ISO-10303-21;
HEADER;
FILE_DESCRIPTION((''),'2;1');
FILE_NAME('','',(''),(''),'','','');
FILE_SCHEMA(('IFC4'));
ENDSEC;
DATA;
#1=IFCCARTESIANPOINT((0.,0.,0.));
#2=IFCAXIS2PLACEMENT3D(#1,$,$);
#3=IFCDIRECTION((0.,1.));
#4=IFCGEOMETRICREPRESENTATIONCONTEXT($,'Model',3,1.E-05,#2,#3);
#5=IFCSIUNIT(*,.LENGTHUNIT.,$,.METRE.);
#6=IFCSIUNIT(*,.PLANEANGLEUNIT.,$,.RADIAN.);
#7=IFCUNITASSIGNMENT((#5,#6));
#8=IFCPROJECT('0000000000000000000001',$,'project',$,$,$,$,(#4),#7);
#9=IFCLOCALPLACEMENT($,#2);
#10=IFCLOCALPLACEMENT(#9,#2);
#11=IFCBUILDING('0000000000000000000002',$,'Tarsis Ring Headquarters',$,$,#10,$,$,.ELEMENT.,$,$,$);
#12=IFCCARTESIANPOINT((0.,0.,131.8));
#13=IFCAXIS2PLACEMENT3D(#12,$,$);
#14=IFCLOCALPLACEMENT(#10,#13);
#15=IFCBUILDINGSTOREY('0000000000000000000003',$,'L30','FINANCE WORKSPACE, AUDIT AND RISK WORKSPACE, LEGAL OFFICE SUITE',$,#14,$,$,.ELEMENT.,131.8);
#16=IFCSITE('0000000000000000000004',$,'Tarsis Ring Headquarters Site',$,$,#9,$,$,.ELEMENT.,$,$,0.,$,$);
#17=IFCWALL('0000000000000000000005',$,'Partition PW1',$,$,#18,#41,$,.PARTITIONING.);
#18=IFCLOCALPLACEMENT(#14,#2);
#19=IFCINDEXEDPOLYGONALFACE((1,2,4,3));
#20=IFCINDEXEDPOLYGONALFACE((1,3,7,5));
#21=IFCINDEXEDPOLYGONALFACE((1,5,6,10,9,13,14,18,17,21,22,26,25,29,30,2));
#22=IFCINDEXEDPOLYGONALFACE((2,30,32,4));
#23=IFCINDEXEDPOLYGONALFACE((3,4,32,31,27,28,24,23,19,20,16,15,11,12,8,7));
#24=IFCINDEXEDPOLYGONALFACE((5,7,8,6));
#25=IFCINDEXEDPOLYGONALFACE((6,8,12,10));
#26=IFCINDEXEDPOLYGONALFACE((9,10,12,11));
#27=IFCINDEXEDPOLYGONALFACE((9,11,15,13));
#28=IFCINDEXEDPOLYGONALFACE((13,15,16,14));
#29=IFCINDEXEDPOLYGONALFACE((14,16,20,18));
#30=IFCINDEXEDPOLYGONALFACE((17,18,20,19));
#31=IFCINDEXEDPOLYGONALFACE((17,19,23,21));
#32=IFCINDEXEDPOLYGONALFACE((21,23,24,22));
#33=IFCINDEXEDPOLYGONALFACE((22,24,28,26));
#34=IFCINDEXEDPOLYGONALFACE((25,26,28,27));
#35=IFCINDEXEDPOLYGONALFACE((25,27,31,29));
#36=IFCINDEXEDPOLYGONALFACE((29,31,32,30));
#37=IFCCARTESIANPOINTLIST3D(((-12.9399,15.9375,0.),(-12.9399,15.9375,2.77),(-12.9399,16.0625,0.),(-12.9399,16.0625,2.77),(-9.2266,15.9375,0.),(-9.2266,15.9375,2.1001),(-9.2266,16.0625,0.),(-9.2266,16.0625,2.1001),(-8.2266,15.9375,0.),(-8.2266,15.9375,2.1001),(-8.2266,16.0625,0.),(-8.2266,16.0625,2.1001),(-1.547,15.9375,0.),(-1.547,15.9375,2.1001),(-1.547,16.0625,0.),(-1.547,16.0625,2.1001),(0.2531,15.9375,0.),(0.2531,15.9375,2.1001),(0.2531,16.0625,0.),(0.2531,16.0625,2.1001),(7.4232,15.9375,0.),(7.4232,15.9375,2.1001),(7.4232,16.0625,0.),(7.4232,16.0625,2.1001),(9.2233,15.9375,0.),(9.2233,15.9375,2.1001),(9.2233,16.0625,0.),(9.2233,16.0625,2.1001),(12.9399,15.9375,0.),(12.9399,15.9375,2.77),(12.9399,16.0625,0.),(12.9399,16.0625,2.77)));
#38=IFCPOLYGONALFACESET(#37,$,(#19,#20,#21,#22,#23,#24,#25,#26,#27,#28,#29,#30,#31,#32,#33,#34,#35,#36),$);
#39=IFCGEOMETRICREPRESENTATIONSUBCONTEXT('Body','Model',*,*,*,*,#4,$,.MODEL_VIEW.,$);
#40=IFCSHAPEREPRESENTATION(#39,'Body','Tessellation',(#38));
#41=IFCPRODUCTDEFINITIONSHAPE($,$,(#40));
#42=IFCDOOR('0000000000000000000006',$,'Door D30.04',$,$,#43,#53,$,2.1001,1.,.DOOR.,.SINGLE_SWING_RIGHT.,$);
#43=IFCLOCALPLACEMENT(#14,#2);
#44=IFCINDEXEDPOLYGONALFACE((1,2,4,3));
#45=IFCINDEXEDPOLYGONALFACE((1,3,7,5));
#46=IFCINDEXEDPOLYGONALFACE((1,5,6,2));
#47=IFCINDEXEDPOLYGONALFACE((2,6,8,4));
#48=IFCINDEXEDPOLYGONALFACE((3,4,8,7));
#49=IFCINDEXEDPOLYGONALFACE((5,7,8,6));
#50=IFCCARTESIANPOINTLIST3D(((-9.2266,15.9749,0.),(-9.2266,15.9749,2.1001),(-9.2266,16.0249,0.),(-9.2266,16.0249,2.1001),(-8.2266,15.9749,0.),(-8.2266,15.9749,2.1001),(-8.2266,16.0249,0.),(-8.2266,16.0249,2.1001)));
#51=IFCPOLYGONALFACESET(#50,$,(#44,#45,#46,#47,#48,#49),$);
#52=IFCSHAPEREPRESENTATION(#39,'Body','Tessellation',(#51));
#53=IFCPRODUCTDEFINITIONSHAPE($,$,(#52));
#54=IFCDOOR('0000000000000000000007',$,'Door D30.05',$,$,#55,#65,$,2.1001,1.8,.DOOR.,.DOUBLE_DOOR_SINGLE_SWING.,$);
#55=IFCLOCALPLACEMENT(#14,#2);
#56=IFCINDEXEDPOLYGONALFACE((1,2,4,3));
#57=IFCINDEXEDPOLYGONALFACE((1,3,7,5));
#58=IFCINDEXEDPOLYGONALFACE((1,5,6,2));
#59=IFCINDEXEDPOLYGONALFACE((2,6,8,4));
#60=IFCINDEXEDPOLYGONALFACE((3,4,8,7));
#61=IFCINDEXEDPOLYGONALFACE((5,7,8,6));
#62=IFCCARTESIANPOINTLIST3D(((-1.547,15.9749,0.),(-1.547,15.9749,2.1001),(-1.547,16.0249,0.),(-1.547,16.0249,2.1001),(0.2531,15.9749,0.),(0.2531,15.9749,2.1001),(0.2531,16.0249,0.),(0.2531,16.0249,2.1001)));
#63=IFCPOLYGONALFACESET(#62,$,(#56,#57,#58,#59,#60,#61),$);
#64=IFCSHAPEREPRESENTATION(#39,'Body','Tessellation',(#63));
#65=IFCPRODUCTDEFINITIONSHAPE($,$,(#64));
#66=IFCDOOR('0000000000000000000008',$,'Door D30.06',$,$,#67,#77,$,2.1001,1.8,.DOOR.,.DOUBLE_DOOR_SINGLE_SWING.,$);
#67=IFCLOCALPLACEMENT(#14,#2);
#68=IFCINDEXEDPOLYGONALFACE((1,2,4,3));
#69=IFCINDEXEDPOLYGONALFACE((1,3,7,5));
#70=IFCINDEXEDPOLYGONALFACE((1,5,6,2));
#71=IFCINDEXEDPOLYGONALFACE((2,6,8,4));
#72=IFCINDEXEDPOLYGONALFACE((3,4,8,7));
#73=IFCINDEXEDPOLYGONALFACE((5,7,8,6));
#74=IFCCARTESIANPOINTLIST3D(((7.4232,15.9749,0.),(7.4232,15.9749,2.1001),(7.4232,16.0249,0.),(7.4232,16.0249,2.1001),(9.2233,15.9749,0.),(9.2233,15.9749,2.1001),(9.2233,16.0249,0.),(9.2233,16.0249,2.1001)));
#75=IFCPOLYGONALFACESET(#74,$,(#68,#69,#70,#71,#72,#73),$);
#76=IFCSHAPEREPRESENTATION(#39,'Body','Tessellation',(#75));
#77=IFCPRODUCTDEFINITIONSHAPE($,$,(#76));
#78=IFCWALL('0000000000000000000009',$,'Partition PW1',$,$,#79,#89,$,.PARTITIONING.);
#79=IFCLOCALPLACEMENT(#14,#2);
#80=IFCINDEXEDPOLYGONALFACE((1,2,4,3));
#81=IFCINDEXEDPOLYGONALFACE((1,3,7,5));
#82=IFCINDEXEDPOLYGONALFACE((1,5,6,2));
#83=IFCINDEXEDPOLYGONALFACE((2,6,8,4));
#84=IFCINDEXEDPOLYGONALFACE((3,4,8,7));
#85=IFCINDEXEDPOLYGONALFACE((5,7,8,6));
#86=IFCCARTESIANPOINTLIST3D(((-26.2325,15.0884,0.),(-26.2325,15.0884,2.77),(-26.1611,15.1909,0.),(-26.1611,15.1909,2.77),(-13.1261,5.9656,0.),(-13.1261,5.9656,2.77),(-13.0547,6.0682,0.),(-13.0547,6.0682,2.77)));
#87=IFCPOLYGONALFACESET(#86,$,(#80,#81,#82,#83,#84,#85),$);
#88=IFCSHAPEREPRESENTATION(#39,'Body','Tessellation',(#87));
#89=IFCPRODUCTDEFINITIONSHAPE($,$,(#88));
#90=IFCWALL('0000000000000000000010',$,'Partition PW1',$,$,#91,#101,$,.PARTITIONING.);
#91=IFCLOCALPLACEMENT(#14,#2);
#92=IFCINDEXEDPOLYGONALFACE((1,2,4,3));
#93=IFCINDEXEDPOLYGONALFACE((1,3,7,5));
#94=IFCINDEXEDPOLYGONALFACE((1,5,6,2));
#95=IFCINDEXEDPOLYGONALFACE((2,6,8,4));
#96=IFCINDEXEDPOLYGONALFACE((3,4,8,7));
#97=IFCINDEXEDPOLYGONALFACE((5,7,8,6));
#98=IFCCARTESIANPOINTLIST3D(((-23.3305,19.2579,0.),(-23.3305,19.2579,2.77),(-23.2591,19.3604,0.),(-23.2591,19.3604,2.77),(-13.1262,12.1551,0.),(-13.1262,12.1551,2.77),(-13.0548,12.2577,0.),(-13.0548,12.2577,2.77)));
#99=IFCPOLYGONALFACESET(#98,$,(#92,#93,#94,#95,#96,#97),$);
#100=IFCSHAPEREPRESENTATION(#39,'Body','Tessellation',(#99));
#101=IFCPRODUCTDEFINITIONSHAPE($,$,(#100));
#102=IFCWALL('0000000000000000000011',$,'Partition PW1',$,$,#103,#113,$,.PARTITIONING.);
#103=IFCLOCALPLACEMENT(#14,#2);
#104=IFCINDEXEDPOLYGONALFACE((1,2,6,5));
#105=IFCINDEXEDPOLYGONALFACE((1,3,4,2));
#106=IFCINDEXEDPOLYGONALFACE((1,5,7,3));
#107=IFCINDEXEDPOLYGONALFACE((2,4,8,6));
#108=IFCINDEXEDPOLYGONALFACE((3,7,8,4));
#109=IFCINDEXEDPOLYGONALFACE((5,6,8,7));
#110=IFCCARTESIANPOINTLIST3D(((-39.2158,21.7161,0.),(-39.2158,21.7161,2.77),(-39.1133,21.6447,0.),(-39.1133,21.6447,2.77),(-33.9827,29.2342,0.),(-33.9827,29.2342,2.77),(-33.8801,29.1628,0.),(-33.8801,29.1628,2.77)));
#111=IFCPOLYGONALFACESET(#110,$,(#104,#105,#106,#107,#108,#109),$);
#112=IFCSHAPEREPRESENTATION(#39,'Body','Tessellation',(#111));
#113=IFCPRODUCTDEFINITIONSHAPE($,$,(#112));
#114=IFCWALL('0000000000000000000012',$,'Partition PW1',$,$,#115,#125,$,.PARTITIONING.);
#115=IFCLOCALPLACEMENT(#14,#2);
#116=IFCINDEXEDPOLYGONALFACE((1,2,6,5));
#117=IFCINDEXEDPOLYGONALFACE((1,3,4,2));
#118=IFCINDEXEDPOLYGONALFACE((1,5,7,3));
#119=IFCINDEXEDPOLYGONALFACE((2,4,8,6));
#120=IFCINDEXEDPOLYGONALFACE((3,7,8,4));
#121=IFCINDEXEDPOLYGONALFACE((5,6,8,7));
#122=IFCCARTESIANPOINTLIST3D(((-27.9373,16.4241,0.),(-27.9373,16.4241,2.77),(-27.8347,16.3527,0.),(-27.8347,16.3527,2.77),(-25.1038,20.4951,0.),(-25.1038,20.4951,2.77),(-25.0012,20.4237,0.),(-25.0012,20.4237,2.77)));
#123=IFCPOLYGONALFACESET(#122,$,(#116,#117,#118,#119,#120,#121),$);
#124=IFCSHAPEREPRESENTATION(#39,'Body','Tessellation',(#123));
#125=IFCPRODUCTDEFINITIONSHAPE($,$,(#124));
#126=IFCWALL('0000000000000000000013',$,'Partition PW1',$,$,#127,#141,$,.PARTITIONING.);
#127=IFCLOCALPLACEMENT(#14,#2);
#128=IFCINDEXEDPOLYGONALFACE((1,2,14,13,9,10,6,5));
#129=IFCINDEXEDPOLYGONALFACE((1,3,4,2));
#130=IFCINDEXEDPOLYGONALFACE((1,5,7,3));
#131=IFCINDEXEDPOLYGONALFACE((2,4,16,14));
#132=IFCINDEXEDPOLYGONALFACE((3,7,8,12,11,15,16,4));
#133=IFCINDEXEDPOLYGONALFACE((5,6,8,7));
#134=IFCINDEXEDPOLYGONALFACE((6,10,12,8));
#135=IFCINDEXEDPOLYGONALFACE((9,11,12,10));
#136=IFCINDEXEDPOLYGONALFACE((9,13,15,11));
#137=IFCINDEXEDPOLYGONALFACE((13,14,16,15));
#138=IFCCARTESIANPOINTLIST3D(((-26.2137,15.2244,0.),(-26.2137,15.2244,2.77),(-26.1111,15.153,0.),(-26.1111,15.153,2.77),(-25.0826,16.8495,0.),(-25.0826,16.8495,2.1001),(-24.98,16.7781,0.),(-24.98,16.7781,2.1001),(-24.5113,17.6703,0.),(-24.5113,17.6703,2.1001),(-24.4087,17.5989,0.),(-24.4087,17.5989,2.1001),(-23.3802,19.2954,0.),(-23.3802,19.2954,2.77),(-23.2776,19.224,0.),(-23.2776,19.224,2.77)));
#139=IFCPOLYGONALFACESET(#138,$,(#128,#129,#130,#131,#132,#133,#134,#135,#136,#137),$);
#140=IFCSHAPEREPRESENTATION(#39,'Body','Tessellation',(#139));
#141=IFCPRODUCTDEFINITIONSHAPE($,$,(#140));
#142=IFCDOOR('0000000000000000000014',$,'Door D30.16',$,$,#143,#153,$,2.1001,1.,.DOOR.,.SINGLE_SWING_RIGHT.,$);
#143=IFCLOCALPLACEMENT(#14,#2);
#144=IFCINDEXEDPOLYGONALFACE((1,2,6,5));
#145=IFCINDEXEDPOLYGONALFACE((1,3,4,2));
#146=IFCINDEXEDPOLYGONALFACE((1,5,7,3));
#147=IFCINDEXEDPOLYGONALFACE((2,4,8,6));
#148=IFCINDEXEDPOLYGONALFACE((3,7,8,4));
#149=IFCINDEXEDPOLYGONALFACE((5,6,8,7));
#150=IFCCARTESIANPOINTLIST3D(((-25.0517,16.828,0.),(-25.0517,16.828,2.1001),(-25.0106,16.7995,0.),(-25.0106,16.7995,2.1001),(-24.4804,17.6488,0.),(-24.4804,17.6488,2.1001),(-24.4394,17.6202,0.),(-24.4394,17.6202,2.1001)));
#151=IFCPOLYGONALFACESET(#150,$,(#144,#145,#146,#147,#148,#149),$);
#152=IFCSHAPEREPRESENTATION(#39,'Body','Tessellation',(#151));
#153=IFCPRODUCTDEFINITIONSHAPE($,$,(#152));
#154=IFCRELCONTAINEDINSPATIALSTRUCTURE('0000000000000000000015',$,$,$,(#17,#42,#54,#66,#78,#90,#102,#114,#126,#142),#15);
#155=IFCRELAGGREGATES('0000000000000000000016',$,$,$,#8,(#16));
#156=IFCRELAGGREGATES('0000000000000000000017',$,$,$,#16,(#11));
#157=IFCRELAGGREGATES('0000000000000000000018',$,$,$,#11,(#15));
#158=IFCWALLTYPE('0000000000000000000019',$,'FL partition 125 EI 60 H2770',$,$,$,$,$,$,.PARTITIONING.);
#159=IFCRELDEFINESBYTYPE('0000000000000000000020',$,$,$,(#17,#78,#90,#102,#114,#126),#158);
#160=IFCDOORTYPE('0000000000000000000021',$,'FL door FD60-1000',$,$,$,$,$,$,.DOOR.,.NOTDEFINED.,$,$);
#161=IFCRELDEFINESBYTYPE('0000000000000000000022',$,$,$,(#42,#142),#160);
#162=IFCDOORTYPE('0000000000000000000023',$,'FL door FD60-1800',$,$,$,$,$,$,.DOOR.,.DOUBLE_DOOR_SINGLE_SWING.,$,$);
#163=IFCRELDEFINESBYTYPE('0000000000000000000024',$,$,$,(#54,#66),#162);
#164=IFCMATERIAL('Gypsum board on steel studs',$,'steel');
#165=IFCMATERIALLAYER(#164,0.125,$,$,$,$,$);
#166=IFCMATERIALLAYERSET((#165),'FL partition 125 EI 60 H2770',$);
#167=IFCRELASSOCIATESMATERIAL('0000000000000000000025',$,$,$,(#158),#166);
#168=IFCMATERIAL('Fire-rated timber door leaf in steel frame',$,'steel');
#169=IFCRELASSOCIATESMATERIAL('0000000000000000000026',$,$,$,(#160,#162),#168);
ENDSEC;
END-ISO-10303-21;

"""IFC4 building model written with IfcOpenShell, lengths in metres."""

from ifc_helpers import new_model, si_unit, direction, frame, frame_2d, origin, place, context, subcontext, project, spatial, rectangle, extrude, material, layer, layer_set, type_object, element, fill, save


model = new_model("IFC4")

# Units and contexts
model_context = context("Model", 3, precision=1e-05, world=origin(), true_north=direction((0.0, 1.0)))
body_context = subcontext(model_context, "Body", "Model", "MODEL_VIEW")
ifc_project = project(units=[si_unit("LENGTHUNIT", "METRE"), si_unit("PLANEANGLEUNIT", "RADIAN")], contexts=[model_context])

# Site, building, storey
site_placement = place(None, origin())
site = spatial("IfcSite", under=ifc_project, at=site_placement, Name="Tarsis Ring Headquarters Site", CompositionType="ELEMENT", RefElevation=0.0)
building_placement = place(site_placement, origin())
building = spatial("IfcBuilding", under=site, at=building_placement, Name="Tarsis Ring Headquarters", CompositionType="ELEMENT")
storey_placement = place(building_placement, frame((0.0, 0.0, 131.8)))
storey = spatial("IfcBuildingStorey", under=building, at=storey_placement, Name="L30", Description="FINANCE WORKSPACE, AUDIT AND RISK WORKSPACE, LEGAL OFFICE SUITE", CompositionType="ELEMENT", Elevation=131.8)

# Shared definitions
ifc_material_1 = material(Name="Gypsum board on steel studs", Category="steel")

# Wall, openings, doors
ifc_layer_1 = layer(ifc_material_1, 0.125)
ifc_layer_set_1 = layer_set([ifc_layer_1], Name="FL partition 125 EI 60 H2770")
wall_type_1 = type_object("IfcWallType", Name="FL partition 125 EI 60 H2770", PredefinedType="PARTITIONING", material=ifc_layer_set_1)
wall_1_placement = place(storey_placement, frame((-12.9399, 16.0, 0.0), z_axis=(0.0, 0.0, 1.0), x_axis=(1.0, 0.0, 0.0)))
wall_1 = element("IfcWall", 1, at=wall_1_placement, inside=storey, type_object=wall_type_1, Name="Partition PW1", PredefinedType="PARTITIONING", context=body_context, shape_type="SweptSolid", body=[
    extrude(rectangle(XDim=25.8799, YDim=0.125, at=frame_2d((12.9399, 0.0))), origin(), (0.0, 0.0, 1.0), 2.77),
])
opening_1_placement = place(wall_1_placement, frame((3.7134, 0.0, 0.0)))
opening_1 = element("IfcOpeningElement", 2, at=opening_1_placement, cuts=wall_1, PredefinedType="OPENING", context=body_context, shape_type="SweptSolid", body=[
    extrude(rectangle(XDim=1.0, YDim=2.1001, at=frame_2d((0.5, 1.05))), frame((0.0, 0.0725, 0.0), z_axis=(0.0, -1.0, 0.0), x_axis=(1.0, 0.0, 0.0)), (0.0, 0.0, 1.0), 0.145),
])
opening_2_placement = place(wall_1_placement, frame((11.3931, 0.0, 0.0)))
opening_2 = element("IfcOpeningElement", 3, at=opening_2_placement, cuts=wall_1, PredefinedType="OPENING", context=body_context, shape_type="SweptSolid", body=[
    extrude(rectangle(XDim=1.8, YDim=2.1001, at=frame_2d((0.8999, 1.05))), frame((0.0, 0.0725, 0.0), z_axis=(0.0, -1.0, 0.0), x_axis=(1.0, 0.0, 0.0)), (0.0, 0.0, 1.0), 0.145),
])
opening_3_placement = place(wall_1_placement, frame((20.3633, 0.0, 0.0)))
opening_3 = element("IfcOpeningElement", 4, at=opening_3_placement, cuts=wall_1, PredefinedType="OPENING", context=body_context, shape_type="SweptSolid", body=[
    extrude(rectangle(XDim=1.8, YDim=2.1001, at=frame_2d((0.8999, 1.05))), frame((0.0, 0.0725, 0.0), z_axis=(0.0, -1.0, 0.0), x_axis=(1.0, 0.0, 0.0)), (0.0, 0.0, 1.0), 0.145),
])
ifc_material_2 = material(Name="Fire-rated timber door leaf in steel frame", Category="steel")
door_type_1 = type_object("IfcDoorType", Name="FL door FD60-1000", OperationType="NOTDEFINED", PredefinedType="DOOR", material=ifc_material_2)
door_1_placement = place(opening_1_placement, origin())
door_1 = element("IfcDoor", 5, at=door_1_placement, inside=storey, type_object=door_type_1, Name="Door D30.04", OperationType="SINGLE_SWING_RIGHT", OverallHeight=2.1001, OverallWidth=1.0, PredefinedType="DOOR", context=body_context, shape_type="SweptSolid", body=[
    extrude(rectangle(XDim=1.0, YDim=2.1001, at=frame_2d((0.5, 1.05))), frame((0.0, 0.0249, 0.0), z_axis=(0.0, -1.0, 0.0), x_axis=(1.0, 0.0, 0.0)), (0.0, 0.0, 1.0), 0.05),
])
fill(opening_1, door_1)
door_type_2 = type_object("IfcDoorType", Name="FL door FD60-1800", OperationType="DOUBLE_DOOR_SINGLE_SWING", PredefinedType="DOOR", material=ifc_material_2)
door_2_placement = place(opening_2_placement, origin())
door_2 = element("IfcDoor", 6, at=door_2_placement, inside=storey, type_object=door_type_2, Name="Door D30.05", OperationType="DOUBLE_DOOR_SINGLE_SWING", OverallHeight=2.1001, OverallWidth=1.8, PredefinedType="DOOR", context=body_context, shape_type="SweptSolid", body=[
    extrude(rectangle(XDim=1.8, YDim=2.1001, at=frame_2d((0.8999, 1.05))), frame((0.0, 0.0249, 0.0), z_axis=(0.0, -1.0, 0.0), x_axis=(1.0, 0.0, 0.0)), (0.0, 0.0, 1.0), 0.05),
])
fill(opening_2, door_2)
door_3_placement = place(opening_3_placement, origin())
door_3 = element("IfcDoor", 7, at=door_3_placement, inside=storey, type_object=door_type_2, Name="Door D30.06", OperationType="DOUBLE_DOOR_SINGLE_SWING", OverallHeight=2.1001, OverallWidth=1.8, PredefinedType="DOOR", context=body_context, shape_type="SweptSolid", body=[
    extrude(rectangle(XDim=1.8, YDim=2.1001, at=frame_2d((0.8999, 1.05))), frame((0.0, 0.0249, 0.0), z_axis=(0.0, -1.0, 0.0), x_axis=(1.0, 0.0, 0.0)), (0.0, 0.0, 1.0), 0.05),
])
fill(opening_3, door_3)

# Walls
wall_2_placement = place(storey_placement, frame((-26.1968, 15.1396, 0.0), z_axis=(0.0, 0.0, 1.0), x_axis=(0.82075, -0.571287, 0.0)))
element("IfcWall", 8, at=wall_2_placement, inside=storey, type_object=wall_type_1, Name="Partition PW1", PredefinedType="PARTITIONING", context=body_context, shape_type="SweptSolid", body=[
    extrude(rectangle(XDim=15.9688, YDim=0.125, at=frame_2d((7.9844, 0.0))), origin(), (0.0, 0.0, 1.0), 2.77),
])
wall_3_placement = place(storey_placement, frame((-23.2947, 19.3091, 0.0), z_axis=(0.0, 0.0, 1.0), x_axis=(0.82075, -0.571287, 0.0)))
element("IfcWall", 9, at=wall_3_placement, inside=storey, type_object=wall_type_1, Name="Partition PW1", PredefinedType="PARTITIONING", context=body_context, shape_type="SweptSolid", body=[
    extrude(rectangle(XDim=12.4329, YDim=0.125, at=frame_2d((6.2163, 0.0))), origin(), (0.0, 0.0, 1.0), 2.77),
])
wall_4_placement = place(storey_placement, frame((-39.1646, 21.6804, 0.0), z_axis=(0.0, 0.0, 1.0), x_axis=(0.5713, 0.820742, 0.0)))
element("IfcWall", 10, at=wall_4_placement, inside=storey, type_object=wall_type_1, Name="Partition PW1", PredefinedType="PARTITIONING", context=body_context, shape_type="SweptSolid", body=[
    extrude(rectangle(XDim=9.1602, YDim=0.125, at=frame_2d((4.5801, 0.0))), origin(), (0.0, 0.0, 1.0), 2.77),
])
wall_5_placement = place(storey_placement, frame((-27.886, 16.3884, 0.0), z_axis=(0.0, 0.0, 1.0), x_axis=(0.571263, 0.820767, 0.0)))
element("IfcWall", 11, at=wall_5_placement, inside=storey, type_object=wall_type_1, Name="Partition PW1", PredefinedType="PARTITIONING", context=body_context, shape_type="SweptSolid", body=[
    extrude(rectangle(XDim=4.96, YDim=0.125, at=frame_2d((2.48, 0.0))), origin(), (0.0, 0.0, 1.0), 2.77),
])

# Wall, opening, door
wall_6_placement = place(storey_placement, frame((-26.1624, 15.1887, 0.0), z_axis=(0.0, 0.0, 1.0), x_axis=(0.571263, 0.820767, 0.0)))
wall_6 = element("IfcWall", 12, at=wall_6_placement, inside=storey, type_object=wall_type_1, Name="Partition PW1", PredefinedType="PARTITIONING", context=body_context, shape_type="SweptSolid", body=[
    extrude(rectangle(XDim=4.96, YDim=0.125, at=frame_2d((2.48, 0.0))), origin(), (0.0, 0.0, 1.0), 2.77),
])
opening_4_placement = place(wall_6_placement, frame((1.98, 0.0, 0.0)))
opening_4 = element("IfcOpeningElement", 13, at=opening_4_placement, cuts=wall_6, PredefinedType="OPENING", context=body_context, shape_type="SweptSolid", body=[
    extrude(rectangle(XDim=1.0, YDim=2.1001, at=frame_2d((0.5, 1.05))), frame((0.0, 0.0725, 0.0), z_axis=(0.0, -1.0, 0.0), x_axis=(1.0, 0.0, 0.0)), (0.0, 0.0, 1.0), 0.145),
])
door_4_placement = place(opening_4_placement, origin())
door_4 = element("IfcDoor", 14, at=door_4_placement, inside=storey, type_object=door_type_1, Name="Door D30.16", OperationType="SINGLE_SWING_RIGHT", OverallHeight=2.1001, OverallWidth=1.0, PredefinedType="DOOR", context=body_context, shape_type="SweptSolid", body=[
    extrude(rectangle(XDim=1.0, YDim=2.1001, at=frame_2d((0.5, 1.05))), frame((0.0, 0.0249, 0.0), z_axis=(0.0, -1.0, 0.0), x_axis=(1.0, 0.0, 0.0)), (0.0, 0.0, 1.0), 0.05),
])
fill(opening_4, door_4)

save(model, "model.ifc")
